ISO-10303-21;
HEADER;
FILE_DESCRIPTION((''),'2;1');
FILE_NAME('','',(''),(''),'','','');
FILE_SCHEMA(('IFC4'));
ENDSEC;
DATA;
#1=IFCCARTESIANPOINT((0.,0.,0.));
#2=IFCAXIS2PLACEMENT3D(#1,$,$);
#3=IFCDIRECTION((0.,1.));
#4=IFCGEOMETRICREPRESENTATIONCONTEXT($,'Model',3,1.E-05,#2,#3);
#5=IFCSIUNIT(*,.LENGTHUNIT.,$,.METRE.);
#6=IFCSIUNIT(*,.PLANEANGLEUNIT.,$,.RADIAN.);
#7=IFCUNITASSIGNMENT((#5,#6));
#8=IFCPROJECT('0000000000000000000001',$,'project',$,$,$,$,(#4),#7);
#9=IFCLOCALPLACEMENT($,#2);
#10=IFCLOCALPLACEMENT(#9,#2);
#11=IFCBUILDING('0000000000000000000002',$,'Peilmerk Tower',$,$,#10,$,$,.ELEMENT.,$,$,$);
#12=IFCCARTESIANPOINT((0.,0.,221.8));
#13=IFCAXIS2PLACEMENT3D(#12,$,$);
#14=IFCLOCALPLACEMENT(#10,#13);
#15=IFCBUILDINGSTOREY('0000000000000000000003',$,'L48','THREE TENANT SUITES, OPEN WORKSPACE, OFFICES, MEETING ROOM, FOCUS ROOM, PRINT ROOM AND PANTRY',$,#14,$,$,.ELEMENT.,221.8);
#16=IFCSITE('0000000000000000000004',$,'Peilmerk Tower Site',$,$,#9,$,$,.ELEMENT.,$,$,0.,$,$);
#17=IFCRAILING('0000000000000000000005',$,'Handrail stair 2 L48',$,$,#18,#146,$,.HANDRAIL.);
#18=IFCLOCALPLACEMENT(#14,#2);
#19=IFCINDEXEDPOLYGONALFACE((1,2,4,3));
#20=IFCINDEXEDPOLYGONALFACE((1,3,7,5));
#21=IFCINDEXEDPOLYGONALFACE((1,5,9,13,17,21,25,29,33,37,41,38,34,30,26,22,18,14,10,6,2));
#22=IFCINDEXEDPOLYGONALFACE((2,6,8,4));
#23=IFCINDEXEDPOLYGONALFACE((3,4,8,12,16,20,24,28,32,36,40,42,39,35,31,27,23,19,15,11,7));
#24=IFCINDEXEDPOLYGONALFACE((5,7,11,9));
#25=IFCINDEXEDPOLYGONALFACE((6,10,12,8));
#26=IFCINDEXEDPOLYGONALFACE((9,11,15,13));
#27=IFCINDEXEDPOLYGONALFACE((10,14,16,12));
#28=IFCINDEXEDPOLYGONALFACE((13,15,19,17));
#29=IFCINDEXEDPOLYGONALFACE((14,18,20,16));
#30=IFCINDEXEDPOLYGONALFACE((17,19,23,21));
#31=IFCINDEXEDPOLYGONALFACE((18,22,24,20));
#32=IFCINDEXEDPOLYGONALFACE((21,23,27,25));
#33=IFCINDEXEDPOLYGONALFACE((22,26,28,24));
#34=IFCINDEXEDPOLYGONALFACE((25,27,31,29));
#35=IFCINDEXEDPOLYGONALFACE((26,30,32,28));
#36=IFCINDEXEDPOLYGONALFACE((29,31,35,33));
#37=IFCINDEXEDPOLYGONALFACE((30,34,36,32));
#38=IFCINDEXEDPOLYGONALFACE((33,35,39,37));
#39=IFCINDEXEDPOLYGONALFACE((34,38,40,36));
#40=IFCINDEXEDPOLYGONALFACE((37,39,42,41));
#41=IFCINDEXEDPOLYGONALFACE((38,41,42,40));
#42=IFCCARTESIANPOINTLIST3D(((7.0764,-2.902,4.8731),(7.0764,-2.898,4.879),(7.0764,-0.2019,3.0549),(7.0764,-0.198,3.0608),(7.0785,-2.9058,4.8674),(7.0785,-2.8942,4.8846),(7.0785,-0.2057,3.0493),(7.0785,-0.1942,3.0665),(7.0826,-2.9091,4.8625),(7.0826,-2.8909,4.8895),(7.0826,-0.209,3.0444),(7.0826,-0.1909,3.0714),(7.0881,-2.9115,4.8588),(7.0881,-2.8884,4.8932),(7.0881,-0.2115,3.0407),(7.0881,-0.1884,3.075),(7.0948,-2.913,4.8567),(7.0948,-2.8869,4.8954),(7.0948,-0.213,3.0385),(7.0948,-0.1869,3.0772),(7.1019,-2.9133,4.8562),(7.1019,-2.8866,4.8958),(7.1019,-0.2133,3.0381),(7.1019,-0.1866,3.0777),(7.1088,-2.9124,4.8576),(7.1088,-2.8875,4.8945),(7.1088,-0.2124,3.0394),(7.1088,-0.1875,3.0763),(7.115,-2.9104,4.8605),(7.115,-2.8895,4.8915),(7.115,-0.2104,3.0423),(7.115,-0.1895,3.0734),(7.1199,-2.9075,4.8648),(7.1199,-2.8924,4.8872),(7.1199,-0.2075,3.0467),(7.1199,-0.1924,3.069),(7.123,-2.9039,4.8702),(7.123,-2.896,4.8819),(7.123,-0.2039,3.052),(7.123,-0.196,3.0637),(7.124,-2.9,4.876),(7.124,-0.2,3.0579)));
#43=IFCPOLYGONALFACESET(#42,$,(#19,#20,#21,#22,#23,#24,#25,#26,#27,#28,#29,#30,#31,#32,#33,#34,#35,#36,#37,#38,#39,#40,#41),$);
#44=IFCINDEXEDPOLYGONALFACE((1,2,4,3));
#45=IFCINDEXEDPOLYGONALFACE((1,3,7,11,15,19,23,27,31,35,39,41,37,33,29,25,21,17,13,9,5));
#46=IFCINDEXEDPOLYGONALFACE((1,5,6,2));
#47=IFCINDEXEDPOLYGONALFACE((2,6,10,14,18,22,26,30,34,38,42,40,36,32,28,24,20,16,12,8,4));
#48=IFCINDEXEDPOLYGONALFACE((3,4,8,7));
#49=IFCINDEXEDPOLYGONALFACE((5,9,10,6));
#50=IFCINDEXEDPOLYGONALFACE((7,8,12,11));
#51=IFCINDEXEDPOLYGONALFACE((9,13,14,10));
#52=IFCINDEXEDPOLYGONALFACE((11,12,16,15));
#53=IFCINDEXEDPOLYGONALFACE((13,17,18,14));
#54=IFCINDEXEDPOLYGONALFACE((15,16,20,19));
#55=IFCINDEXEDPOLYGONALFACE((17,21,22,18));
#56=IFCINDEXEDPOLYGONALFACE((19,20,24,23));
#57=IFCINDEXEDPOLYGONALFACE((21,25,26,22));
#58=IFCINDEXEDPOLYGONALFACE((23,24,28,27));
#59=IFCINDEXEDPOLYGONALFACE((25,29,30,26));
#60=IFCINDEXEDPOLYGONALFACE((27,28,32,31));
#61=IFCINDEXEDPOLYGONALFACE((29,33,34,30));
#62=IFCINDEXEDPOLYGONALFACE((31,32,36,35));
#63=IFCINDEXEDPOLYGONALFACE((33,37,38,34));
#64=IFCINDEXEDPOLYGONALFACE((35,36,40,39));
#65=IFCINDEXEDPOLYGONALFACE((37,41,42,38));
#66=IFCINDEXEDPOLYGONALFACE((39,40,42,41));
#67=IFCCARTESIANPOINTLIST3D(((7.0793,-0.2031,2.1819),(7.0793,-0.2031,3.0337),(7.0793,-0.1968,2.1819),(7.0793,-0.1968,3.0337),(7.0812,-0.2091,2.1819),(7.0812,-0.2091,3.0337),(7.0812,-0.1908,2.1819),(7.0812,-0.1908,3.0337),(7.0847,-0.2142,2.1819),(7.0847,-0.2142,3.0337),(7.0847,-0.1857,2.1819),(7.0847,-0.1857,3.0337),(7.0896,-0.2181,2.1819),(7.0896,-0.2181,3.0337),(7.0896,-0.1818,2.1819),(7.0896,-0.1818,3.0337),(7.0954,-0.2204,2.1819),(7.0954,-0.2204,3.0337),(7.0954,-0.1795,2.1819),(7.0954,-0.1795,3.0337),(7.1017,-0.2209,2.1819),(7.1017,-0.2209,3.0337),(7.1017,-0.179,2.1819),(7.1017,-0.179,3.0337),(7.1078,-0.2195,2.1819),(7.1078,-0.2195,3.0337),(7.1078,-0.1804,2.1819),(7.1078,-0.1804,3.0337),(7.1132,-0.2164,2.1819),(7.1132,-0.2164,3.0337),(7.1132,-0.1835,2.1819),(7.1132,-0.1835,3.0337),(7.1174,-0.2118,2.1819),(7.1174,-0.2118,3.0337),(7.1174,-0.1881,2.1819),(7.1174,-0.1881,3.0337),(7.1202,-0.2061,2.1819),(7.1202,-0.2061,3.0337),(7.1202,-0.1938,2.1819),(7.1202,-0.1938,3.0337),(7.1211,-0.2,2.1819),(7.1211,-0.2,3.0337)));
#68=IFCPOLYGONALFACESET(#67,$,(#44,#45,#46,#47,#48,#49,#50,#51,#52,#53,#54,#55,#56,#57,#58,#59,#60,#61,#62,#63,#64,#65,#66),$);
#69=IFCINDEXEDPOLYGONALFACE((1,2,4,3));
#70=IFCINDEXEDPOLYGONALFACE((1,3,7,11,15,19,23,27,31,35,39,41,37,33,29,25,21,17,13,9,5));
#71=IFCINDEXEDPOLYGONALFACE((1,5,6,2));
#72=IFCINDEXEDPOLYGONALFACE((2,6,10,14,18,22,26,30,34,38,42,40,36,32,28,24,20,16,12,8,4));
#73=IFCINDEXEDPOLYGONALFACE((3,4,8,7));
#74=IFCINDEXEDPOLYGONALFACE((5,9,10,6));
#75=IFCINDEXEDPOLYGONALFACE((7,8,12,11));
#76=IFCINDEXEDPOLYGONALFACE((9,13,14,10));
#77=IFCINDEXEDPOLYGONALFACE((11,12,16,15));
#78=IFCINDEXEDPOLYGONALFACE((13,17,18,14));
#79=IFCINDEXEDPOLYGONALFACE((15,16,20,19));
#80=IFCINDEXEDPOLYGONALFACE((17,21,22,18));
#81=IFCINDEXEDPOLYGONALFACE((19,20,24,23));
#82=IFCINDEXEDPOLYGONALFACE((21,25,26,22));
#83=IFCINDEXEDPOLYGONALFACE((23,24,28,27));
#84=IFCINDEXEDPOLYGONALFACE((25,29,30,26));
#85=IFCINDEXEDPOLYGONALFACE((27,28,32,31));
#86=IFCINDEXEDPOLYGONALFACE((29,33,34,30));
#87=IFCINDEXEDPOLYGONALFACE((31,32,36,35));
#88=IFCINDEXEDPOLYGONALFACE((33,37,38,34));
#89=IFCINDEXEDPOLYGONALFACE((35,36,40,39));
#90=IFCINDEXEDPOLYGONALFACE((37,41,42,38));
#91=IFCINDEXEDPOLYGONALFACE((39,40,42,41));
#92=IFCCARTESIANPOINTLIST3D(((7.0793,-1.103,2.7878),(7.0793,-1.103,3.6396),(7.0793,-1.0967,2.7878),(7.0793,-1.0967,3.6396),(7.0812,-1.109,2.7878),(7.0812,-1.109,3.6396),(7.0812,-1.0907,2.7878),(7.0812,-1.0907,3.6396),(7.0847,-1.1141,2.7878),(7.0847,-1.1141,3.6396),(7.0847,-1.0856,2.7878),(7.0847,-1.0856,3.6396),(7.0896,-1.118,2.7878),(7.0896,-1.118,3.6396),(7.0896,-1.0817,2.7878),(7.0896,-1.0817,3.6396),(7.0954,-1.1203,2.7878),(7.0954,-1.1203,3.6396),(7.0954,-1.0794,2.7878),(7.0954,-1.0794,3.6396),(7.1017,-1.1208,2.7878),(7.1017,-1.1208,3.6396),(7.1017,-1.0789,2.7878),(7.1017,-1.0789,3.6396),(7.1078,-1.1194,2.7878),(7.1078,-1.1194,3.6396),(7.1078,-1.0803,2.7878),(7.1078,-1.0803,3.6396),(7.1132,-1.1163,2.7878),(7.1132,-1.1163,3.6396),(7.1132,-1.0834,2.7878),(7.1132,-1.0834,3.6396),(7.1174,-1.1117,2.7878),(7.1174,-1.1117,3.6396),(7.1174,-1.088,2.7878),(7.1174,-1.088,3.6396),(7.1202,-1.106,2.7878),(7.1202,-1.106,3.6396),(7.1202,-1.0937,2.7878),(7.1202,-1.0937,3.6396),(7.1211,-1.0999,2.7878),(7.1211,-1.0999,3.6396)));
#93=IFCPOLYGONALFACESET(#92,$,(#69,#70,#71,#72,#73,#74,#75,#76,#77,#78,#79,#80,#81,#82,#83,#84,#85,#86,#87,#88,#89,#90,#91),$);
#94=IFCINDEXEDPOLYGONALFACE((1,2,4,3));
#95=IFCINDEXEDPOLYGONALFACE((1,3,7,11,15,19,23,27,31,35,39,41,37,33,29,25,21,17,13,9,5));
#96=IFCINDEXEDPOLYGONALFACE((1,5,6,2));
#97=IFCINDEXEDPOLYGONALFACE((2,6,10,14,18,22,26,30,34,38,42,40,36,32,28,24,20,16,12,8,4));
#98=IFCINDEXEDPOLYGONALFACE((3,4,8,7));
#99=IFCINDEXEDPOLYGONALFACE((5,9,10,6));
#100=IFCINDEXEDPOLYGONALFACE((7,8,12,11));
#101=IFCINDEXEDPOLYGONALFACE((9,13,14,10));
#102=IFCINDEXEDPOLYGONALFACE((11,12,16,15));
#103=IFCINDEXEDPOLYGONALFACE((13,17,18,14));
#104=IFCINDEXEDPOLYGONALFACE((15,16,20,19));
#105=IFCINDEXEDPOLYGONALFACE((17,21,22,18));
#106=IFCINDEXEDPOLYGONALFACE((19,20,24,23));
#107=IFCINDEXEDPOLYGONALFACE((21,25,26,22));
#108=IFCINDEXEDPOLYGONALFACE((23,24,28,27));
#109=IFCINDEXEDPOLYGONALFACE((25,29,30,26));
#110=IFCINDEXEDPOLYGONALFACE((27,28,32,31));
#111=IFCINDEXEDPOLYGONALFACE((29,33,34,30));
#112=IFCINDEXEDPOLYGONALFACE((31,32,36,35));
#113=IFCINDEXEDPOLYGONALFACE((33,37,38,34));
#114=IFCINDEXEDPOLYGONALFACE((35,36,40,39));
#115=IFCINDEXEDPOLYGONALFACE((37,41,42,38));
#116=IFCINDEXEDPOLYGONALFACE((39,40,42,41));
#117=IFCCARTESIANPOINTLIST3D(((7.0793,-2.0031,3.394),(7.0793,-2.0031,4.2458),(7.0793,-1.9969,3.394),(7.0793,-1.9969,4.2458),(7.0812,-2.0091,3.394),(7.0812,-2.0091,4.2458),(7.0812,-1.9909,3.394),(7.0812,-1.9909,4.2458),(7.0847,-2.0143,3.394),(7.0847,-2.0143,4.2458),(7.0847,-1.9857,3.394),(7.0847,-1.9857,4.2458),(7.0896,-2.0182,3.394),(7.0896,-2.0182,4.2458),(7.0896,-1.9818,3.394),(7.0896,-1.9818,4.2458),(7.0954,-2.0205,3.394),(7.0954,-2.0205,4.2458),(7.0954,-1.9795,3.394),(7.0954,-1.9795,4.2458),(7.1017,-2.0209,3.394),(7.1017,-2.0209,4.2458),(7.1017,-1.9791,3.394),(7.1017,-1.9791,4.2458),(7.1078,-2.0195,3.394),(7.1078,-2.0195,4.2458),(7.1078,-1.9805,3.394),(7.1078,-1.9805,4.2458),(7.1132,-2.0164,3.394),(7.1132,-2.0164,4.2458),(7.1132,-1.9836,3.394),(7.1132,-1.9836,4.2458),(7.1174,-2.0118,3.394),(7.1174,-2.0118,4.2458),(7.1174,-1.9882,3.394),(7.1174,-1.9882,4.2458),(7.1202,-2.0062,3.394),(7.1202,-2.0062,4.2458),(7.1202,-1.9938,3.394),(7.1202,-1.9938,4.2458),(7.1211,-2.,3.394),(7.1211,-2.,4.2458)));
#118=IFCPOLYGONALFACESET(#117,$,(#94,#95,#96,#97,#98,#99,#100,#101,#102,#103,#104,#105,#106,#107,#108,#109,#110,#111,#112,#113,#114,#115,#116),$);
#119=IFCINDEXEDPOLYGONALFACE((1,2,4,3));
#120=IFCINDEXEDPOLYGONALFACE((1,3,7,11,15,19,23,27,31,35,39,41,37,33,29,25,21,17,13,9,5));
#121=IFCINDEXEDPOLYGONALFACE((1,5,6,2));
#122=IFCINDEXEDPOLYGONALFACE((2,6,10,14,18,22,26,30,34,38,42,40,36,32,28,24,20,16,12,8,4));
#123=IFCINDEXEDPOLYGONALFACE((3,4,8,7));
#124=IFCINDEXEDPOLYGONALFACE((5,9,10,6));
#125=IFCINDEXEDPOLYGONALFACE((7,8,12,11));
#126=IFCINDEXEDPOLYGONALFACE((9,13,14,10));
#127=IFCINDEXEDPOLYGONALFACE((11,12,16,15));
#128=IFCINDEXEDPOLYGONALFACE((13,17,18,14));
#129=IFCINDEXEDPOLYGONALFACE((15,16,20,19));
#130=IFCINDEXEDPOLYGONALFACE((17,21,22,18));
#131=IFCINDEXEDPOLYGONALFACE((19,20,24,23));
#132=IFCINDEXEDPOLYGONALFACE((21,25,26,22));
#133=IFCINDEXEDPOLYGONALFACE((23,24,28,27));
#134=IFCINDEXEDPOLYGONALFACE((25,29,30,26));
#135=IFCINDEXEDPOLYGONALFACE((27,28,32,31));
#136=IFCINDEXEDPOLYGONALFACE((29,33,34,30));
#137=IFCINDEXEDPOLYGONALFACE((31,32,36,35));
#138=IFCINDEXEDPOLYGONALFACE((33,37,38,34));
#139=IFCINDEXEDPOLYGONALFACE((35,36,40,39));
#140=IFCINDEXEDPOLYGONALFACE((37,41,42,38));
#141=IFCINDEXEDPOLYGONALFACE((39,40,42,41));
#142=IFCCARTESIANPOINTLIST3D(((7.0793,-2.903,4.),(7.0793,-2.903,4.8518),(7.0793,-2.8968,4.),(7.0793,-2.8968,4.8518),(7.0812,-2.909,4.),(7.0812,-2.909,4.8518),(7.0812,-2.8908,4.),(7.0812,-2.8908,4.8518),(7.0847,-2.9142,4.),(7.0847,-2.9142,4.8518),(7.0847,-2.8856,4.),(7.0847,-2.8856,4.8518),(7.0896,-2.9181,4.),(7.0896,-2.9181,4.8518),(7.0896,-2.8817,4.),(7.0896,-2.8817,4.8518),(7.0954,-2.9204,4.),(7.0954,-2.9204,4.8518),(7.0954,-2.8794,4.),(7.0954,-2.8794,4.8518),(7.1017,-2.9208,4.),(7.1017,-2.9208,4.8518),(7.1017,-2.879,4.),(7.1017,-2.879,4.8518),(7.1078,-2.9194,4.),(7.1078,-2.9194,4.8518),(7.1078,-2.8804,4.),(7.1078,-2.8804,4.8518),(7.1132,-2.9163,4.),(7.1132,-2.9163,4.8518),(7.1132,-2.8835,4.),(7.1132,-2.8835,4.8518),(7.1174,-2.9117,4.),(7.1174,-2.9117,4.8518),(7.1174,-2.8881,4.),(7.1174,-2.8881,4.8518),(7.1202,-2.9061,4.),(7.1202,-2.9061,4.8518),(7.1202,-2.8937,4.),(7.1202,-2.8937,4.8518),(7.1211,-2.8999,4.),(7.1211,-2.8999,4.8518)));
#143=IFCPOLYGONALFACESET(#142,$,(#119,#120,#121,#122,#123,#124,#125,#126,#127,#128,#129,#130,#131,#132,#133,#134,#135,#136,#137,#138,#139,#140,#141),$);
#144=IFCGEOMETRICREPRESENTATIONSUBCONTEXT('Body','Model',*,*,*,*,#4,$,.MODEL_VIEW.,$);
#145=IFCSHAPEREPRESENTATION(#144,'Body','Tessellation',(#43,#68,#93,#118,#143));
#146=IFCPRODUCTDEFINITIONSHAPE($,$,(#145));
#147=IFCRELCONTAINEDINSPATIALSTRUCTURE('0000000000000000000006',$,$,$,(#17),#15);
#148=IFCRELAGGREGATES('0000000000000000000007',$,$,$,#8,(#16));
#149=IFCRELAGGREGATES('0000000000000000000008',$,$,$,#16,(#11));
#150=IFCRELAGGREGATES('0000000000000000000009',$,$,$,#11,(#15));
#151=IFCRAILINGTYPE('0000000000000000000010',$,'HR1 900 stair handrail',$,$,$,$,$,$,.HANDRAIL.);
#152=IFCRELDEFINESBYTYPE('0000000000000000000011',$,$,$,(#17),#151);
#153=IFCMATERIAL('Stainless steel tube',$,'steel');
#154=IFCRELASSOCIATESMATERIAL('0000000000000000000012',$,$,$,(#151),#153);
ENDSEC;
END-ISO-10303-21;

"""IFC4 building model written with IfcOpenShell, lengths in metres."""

from ifc_helpers import new_model, si_unit, direction, frame, origin, origin_2d, place, context, subcontext, project, spatial, circle, extrude, material, type_object, element, save


model = new_model("IFC4")

# Units and contexts
model_context = context("Model", 3, precision=1e-05, world=origin(), true_north=direction((0.0, 1.0)))
body_context = subcontext(model_context, "Body", "Model", "MODEL_VIEW")
ifc_project = project(units=[si_unit("LENGTHUNIT", "METRE"), si_unit("PLANEANGLEUNIT", "RADIAN")], contexts=[model_context])

# Site, building, storey
site_placement = place(None, origin())
site = spatial("IfcSite", under=ifc_project, at=site_placement, Name="Peilmerk Tower Site", CompositionType="ELEMENT", RefElevation=0.0)
building_placement = place(site_placement, origin())
building = spatial("IfcBuilding", under=site, at=building_placement, Name="Peilmerk Tower", CompositionType="ELEMENT")
storey_placement = place(building_placement, frame((0.0, 0.0, 221.8)))
storey = spatial("IfcBuildingStorey", under=building, at=storey_placement, Name="L48", Description="THREE TENANT SUITES, OPEN WORKSPACE, OFFICES, MEETING ROOM, FOCUS ROOM, PRINT ROOM AND PANTRY", CompositionType="ELEMENT", Elevation=221.8)

# Railing
ifc_material_1 = material(Name="Stainless steel tube", Category="steel")
railing_type_1 = type_object("IfcRailingType", Name="HR1 900 stair handrail", PredefinedType="HANDRAIL", material=ifc_material_1)
railing_1_placement = place(storey_placement, frame((7.1001, -0.2, 2.1819)))
element("IfcRailing", 1, at=railing_1_placement, inside=storey, type_object=railing_type_1, Name="Handrail stair 2 L48", PredefinedType="HANDRAIL", context=body_context, shape_type="SweptSolid", body=[
    extrude(circle(Radius=0.0239, at=origin_2d()), frame((0.0, 0.0, 0.876), z_axis=(0.0, -0.829468, 0.558554), x_axis=(1.0, 0.0, 0.0)), (0.0, 0.0, 1.0), 3.2551),
    extrude(circle(Radius=0.021, at=origin_2d()), origin(), (0.0, 0.0, 1.0), 0.8518),
    extrude(circle(Radius=0.021, at=origin_2d()), frame((0.0, -0.8999, 0.606)), (0.0, 0.0, 1.0), 0.8518),
    extrude(circle(Radius=0.021, at=origin_2d()), frame((0.0, -1.8, 1.2122)), (0.0, 0.0, 1.0), 0.8518),
    extrude(circle(Radius=0.021, at=origin_2d()), frame((0.0, -2.7, 1.8181)), (0.0, 0.0, 1.0), 0.8518),
])

save(model, "model.ifc")
